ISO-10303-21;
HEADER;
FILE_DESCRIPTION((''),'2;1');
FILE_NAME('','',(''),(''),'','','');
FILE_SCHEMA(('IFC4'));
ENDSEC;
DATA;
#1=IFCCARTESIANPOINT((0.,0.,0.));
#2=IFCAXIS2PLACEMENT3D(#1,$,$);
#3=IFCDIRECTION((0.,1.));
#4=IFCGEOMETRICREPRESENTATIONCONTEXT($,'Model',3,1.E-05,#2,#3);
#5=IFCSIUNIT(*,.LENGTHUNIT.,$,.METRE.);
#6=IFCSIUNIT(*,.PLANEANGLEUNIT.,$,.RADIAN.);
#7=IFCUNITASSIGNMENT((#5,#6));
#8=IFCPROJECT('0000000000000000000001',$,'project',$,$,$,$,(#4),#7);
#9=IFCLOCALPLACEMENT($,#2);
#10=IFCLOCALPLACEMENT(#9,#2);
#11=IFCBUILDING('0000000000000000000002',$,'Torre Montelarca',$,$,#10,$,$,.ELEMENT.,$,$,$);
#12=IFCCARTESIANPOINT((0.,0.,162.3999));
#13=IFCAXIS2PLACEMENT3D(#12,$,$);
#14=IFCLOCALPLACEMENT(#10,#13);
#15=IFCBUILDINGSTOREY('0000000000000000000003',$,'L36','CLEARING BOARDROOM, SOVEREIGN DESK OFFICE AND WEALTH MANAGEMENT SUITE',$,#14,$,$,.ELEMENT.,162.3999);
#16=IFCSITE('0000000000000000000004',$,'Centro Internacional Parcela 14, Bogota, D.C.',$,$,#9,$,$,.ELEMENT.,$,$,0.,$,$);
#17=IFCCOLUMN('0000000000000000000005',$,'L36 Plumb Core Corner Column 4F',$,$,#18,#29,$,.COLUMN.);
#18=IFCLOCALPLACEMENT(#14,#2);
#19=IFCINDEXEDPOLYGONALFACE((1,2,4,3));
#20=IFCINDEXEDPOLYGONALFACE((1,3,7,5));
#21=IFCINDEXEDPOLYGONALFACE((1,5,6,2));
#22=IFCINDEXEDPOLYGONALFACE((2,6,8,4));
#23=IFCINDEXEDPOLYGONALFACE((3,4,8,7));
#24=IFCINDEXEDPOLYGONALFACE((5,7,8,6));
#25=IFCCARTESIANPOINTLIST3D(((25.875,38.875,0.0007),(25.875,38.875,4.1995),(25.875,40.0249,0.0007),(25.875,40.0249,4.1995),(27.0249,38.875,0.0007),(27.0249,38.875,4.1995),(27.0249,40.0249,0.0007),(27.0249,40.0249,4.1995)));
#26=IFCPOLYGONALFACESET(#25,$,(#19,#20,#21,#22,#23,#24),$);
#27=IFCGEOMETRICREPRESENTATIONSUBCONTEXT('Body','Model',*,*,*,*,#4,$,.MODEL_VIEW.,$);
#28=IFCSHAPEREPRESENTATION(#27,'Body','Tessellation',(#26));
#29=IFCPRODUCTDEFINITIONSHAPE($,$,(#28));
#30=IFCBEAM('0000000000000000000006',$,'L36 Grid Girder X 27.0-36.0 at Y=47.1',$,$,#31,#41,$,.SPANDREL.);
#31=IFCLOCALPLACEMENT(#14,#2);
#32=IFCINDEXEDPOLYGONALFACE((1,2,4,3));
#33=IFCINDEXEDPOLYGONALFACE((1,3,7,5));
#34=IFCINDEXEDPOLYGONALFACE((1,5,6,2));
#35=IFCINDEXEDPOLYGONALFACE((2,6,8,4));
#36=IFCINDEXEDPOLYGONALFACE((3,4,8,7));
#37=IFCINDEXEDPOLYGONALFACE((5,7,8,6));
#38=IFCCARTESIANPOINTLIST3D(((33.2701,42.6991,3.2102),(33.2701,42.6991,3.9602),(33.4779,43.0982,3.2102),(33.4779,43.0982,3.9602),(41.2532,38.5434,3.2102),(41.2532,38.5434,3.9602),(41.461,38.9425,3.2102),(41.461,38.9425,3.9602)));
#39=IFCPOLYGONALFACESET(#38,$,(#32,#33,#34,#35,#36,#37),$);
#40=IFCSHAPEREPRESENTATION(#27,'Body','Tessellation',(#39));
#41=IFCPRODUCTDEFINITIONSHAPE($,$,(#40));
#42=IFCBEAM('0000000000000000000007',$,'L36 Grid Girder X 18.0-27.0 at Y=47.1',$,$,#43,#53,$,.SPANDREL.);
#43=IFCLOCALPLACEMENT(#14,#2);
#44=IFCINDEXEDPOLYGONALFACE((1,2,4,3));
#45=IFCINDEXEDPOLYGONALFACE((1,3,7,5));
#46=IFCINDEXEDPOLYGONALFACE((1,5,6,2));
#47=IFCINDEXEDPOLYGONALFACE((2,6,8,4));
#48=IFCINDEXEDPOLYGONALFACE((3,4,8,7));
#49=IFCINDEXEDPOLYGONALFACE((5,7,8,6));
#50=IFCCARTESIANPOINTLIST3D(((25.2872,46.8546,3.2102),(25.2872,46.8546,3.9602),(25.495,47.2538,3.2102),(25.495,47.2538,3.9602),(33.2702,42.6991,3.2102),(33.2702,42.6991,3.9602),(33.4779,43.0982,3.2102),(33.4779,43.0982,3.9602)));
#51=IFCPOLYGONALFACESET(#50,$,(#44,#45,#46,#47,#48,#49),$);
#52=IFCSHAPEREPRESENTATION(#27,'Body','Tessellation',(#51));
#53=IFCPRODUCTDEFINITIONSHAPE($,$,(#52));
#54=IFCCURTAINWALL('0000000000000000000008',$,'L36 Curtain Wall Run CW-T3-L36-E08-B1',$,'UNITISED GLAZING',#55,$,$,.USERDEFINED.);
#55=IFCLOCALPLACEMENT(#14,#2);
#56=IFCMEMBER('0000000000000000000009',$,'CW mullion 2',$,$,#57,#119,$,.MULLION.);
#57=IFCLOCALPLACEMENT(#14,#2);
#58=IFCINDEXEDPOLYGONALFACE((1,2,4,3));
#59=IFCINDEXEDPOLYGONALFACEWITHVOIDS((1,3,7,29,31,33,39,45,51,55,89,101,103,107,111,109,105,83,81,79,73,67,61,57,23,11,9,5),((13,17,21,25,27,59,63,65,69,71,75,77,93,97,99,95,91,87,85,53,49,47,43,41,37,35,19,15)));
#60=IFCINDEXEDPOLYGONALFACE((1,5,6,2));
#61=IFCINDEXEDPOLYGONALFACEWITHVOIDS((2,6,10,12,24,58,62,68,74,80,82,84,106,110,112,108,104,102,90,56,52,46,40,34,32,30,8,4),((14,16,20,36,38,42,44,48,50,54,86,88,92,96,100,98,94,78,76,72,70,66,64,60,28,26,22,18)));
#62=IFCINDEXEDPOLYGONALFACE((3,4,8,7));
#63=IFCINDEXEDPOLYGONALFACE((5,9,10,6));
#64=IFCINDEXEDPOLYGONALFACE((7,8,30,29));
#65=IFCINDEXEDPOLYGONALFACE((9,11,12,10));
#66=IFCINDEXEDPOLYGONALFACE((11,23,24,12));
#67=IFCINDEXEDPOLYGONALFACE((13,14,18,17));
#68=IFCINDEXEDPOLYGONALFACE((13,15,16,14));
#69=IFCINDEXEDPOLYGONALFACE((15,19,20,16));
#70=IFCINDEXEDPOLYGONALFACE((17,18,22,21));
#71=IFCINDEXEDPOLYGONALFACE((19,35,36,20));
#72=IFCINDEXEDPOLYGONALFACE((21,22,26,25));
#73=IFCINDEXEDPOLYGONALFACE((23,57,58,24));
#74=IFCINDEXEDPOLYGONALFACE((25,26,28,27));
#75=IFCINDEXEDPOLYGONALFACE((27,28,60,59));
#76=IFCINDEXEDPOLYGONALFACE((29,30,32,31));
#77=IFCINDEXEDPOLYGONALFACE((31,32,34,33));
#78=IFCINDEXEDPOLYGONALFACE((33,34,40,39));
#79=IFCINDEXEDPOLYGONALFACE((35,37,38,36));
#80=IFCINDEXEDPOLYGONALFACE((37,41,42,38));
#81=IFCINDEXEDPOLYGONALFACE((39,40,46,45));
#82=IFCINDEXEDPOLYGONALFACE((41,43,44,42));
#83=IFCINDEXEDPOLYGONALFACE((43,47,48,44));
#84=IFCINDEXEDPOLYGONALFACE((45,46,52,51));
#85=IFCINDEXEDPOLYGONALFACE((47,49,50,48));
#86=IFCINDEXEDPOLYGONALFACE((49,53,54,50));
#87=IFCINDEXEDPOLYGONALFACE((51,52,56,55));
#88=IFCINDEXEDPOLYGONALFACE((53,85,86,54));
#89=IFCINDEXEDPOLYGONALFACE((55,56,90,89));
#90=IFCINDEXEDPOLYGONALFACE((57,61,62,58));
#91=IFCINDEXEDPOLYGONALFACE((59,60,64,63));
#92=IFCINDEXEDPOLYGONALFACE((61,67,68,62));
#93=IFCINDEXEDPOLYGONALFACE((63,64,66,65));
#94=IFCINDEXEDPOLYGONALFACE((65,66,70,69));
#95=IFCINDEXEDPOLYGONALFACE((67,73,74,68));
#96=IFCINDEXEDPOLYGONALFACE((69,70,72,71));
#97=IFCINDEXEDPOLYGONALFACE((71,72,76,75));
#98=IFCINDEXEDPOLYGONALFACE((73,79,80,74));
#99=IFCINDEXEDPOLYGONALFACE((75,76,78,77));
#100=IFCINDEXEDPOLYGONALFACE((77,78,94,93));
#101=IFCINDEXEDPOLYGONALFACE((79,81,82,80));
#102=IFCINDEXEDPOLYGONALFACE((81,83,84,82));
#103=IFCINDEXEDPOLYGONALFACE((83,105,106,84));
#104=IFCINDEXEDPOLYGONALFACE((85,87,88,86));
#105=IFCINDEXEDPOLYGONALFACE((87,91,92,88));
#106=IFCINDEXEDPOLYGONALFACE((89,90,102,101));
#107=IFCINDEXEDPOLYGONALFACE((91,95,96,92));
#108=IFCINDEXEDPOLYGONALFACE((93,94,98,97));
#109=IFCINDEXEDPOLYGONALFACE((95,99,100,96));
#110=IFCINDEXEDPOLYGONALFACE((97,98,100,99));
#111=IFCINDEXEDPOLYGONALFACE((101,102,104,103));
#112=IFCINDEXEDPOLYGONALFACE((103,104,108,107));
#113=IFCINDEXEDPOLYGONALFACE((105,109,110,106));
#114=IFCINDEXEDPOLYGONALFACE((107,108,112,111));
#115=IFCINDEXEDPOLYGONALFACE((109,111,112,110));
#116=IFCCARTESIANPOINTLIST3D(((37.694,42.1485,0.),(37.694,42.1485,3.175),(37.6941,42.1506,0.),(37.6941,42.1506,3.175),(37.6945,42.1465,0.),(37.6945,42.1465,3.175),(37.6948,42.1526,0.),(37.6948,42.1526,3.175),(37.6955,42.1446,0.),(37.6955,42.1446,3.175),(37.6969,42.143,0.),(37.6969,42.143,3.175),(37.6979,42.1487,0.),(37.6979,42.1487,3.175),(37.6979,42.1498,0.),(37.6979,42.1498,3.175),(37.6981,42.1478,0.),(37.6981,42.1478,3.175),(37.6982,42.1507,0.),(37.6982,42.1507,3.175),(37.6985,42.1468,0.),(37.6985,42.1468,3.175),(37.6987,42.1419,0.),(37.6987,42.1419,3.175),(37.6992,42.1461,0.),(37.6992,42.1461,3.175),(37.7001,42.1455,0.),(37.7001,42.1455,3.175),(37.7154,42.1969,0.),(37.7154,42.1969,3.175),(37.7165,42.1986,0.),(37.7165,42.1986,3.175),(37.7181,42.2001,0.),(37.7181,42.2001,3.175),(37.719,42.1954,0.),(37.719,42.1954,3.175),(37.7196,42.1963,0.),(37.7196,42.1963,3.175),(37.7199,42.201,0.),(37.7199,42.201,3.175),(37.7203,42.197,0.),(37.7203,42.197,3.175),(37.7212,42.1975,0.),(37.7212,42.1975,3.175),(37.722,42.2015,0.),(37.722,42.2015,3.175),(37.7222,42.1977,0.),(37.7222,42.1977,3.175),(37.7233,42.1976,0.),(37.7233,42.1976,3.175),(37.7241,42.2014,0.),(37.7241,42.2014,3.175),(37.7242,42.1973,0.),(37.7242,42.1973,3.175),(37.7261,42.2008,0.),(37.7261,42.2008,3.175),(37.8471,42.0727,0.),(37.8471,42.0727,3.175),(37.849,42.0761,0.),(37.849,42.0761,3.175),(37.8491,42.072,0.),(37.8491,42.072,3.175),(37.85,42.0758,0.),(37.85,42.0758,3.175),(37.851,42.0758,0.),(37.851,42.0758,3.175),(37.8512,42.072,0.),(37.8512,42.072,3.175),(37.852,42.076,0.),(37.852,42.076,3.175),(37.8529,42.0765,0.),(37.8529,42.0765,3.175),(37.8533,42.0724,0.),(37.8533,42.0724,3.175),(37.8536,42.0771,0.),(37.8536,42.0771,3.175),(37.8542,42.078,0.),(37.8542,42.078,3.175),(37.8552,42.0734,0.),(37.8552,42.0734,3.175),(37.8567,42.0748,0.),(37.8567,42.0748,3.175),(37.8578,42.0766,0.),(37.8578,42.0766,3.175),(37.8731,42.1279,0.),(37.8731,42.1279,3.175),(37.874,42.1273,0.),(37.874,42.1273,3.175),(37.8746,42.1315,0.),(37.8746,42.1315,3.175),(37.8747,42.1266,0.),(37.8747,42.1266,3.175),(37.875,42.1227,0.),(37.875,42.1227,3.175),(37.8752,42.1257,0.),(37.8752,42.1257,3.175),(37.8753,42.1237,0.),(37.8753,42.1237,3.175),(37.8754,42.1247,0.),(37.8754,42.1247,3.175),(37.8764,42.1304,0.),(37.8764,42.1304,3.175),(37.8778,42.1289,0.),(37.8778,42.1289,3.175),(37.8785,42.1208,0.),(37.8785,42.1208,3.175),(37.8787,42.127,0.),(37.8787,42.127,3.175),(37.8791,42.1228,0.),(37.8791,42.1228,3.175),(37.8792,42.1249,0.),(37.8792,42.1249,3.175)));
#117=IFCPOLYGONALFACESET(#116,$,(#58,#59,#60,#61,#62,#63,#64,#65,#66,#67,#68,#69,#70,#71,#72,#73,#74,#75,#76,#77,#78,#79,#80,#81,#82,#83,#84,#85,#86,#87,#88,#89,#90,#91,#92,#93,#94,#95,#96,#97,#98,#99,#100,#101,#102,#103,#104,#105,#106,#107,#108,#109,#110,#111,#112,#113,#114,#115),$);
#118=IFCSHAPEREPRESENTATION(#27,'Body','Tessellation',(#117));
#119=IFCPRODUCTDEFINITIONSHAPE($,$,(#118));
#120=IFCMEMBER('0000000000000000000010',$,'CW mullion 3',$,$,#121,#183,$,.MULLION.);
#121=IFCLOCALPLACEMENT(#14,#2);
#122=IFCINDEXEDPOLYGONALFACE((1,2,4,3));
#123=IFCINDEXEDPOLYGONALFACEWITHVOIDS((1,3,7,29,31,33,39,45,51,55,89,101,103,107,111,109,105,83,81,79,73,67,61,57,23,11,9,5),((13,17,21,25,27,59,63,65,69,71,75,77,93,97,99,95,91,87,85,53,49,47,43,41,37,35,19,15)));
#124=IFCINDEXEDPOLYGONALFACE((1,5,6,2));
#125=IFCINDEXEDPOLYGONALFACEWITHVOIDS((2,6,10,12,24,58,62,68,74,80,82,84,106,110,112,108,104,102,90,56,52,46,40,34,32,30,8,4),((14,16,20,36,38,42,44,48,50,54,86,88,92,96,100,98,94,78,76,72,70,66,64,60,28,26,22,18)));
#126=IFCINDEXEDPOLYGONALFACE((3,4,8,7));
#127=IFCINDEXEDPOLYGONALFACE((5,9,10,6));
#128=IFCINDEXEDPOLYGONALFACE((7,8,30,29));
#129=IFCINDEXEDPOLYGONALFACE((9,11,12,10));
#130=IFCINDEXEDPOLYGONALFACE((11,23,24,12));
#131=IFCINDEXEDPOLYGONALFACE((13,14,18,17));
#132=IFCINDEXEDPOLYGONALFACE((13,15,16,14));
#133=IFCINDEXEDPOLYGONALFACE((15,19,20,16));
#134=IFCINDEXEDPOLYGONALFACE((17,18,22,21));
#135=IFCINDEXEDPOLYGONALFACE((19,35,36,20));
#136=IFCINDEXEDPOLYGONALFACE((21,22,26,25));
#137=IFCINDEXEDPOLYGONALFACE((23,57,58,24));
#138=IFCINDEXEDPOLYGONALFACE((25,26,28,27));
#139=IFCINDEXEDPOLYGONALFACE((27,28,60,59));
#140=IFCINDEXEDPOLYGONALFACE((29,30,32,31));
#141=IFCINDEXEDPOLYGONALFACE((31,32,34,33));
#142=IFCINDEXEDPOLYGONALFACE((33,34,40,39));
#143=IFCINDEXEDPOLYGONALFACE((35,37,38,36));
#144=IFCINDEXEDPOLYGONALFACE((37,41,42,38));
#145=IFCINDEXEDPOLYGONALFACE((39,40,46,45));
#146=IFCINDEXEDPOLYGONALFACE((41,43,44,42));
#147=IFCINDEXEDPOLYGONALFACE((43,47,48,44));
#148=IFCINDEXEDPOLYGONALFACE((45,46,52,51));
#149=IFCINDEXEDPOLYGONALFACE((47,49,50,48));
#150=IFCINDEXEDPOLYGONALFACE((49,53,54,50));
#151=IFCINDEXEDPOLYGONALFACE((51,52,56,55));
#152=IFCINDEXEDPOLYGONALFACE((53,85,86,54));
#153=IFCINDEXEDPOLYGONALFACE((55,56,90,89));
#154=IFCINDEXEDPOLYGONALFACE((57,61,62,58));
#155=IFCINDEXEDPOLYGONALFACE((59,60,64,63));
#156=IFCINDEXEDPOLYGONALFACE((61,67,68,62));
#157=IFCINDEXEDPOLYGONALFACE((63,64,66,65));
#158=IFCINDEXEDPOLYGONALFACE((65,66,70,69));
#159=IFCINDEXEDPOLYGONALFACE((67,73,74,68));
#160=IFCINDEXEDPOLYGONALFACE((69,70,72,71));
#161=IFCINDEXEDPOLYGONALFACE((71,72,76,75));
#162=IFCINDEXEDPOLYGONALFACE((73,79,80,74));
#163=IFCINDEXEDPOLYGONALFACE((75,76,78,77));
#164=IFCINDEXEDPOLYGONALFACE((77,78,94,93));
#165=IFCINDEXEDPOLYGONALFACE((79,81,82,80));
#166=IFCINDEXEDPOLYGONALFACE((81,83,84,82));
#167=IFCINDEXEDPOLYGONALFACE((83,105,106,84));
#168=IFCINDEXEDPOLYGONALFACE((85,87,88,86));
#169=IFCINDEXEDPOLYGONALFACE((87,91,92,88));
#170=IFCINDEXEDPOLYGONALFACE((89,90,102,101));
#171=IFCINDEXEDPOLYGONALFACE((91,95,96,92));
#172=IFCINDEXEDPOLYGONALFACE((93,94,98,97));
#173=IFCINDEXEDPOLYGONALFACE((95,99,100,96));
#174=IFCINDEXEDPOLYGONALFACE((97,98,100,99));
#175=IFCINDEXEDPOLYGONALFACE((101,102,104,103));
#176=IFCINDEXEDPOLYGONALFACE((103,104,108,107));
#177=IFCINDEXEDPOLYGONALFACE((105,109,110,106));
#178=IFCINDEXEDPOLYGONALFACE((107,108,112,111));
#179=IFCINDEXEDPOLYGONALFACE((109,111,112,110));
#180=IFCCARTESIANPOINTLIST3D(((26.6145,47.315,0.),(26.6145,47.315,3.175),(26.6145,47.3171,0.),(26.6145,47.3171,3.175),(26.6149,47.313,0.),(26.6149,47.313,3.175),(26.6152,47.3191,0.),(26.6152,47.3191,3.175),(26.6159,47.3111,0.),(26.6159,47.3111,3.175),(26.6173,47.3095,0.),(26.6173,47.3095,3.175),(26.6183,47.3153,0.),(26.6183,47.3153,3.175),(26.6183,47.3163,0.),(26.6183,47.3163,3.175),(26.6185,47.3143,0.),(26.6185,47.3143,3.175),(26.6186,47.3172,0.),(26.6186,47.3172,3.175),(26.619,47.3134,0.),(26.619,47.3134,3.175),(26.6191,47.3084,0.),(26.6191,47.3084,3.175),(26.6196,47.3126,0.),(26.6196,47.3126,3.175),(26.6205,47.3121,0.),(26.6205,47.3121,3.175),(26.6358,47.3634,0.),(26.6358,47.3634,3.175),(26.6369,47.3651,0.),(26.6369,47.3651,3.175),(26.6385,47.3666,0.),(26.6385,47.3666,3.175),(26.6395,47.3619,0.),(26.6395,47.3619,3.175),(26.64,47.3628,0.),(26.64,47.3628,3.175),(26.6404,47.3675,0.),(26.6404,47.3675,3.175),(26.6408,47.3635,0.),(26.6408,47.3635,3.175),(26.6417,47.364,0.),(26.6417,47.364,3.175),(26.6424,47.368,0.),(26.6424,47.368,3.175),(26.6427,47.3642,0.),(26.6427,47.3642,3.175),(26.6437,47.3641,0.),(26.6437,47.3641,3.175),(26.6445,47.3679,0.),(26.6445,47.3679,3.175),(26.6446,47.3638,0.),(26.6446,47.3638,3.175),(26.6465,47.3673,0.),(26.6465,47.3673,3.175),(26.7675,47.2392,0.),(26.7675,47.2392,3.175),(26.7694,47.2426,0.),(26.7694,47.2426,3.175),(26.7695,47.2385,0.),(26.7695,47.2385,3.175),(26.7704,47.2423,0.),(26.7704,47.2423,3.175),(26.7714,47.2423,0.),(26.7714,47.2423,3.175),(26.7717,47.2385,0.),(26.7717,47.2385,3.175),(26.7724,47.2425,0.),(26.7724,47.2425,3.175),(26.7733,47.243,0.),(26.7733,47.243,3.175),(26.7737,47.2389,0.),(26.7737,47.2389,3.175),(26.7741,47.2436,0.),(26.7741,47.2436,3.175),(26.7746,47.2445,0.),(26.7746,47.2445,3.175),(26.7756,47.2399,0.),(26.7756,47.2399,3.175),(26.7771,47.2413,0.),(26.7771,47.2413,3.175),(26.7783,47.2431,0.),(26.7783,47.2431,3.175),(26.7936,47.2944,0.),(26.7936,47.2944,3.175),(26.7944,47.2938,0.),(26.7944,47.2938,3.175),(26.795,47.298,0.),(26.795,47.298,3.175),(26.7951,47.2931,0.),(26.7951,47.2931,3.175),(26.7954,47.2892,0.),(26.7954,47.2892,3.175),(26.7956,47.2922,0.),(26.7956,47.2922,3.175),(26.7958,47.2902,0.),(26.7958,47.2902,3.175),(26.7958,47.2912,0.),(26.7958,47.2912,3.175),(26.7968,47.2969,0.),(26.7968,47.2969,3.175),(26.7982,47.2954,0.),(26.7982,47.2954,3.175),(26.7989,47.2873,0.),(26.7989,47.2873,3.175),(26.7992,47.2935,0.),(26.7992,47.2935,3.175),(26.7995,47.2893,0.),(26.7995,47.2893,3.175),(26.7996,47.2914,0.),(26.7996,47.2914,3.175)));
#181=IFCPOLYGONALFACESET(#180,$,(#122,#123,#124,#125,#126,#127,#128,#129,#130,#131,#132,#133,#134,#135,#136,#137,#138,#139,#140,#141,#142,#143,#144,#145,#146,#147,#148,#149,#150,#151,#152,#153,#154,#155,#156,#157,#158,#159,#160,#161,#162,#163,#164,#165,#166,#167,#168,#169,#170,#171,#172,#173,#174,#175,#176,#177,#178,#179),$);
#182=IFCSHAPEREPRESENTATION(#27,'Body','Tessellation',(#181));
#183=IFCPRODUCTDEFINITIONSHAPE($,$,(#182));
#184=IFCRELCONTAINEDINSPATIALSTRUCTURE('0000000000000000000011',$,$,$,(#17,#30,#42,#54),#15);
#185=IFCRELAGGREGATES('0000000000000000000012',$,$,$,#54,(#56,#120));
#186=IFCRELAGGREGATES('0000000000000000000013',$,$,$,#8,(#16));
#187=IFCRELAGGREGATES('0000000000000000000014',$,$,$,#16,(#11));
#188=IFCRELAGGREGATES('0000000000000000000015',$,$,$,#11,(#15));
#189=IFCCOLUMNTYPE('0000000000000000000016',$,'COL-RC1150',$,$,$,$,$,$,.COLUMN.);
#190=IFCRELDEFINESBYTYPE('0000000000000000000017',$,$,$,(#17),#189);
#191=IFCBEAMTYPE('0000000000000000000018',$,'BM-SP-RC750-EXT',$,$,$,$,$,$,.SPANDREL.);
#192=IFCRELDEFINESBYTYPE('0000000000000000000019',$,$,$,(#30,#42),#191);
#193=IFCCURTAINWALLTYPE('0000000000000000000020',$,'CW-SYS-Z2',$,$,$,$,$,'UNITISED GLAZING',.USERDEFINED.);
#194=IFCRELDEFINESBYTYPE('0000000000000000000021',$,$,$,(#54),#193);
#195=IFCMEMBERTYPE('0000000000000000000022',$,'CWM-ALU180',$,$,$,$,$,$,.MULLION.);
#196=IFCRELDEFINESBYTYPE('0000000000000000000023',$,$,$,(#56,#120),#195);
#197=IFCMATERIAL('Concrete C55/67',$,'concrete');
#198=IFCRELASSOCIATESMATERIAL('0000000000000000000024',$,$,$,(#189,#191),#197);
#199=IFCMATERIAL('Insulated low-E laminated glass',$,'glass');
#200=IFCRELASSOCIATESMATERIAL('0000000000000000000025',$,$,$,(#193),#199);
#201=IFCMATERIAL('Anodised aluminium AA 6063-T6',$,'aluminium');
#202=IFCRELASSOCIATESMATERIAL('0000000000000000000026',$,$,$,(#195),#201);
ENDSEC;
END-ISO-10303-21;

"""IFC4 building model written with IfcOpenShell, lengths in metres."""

from ifc_helpers import new_model, si_unit, direction, frame, origin, origin_2d, place, context, subcontext, project, spatial, rectangle, hollow_rectangle, extrude, source, transform, mapped, material, material_profile, profile_set, type_object, element, aggregate, save


model = new_model("IFC4")

# Units and contexts
model_context = context("Model", 3, precision=1e-05, world=origin(), true_north=direction((0.0, 1.0)))
body_context = subcontext(model_context, "Body", "Model", "MODEL_VIEW")
ifc_project = project(units=[si_unit("LENGTHUNIT", "METRE"), si_unit("PLANEANGLEUNIT", "RADIAN")], contexts=[model_context])

# Site, building, storey
site_placement = place(None, origin())
site = spatial("IfcSite", under=ifc_project, at=site_placement, Name="Centro Internacional Parcela 14, Bogota, D.C.", CompositionType="ELEMENT", RefElevation=0.0)
building_placement = place(site_placement, origin())
building = spatial("IfcBuilding", under=site, at=building_placement, Name="Torre Montelarca", CompositionType="ELEMENT")
storey_placement = place(building_placement, frame((0.0, 0.0, 162.3999)))
storey = spatial("IfcBuildingStorey", under=building, at=storey_placement, Name="L36", Description="CLEARING BOARDROOM, SOVEREIGN DESK OFFICE AND WEALTH MANAGEMENT SUITE", CompositionType="ELEMENT", Elevation=162.3999)

# Column
ifc_material_1 = material(Name="Concrete C55/67", Category="concrete")
ifc_material_profile_1 = material_profile(ifc_material_1, rectangle(XDim=1.1499, YDim=1.1499, at=origin_2d()), Name="RC1150X1150", Category="concrete")
ifc_profile_set_1 = profile_set([ifc_material_profile_1], Name="Concrete C55/67")
column_type_1 = type_object("IfcColumnType", Name="COL-RC1150", PredefinedType="COLUMN", material=ifc_profile_set_1)
shared_shape_1 = source(origin(), body_context, "Body", "SweptSolid", [
    extrude(rectangle(XDim=1.1499, YDim=1.1499, at=origin_2d()), origin(), (0.0, 0.0, 1.0), 4.1987),
])
column_1_placement = place(storey_placement, frame((26.45, 39.45, 0.0007), z_axis=(0.0, 0.0, 1.0), x_axis=(1.0, 0.0, 0.0)))
element("IfcColumn", 1, at=column_1_placement, inside=storey, type_object=column_type_1, Name="L36 Plumb Core Corner Column 4F", PredefinedType="COLUMN", context=body_context, shape_type="MappedRepresentation", body=[
    mapped(shared_shape_1, transform((0.0, 0.0, 0.0), scale=1.0)),
])

# Beams
ifc_material_profile_2 = material_profile(ifc_material_1, rectangle(XDim=0.45, YDim=0.75, at=origin_2d()), Name="RCB450X750", Category="concrete")
ifc_profile_set_2 = profile_set([ifc_material_profile_2], Name="Concrete C55/67")
beam_type = type_object("IfcBeamType", Name="BM-SP-RC750-EXT", PredefinedType="SPANDREL", material=ifc_profile_set_2)
shared_shape_2 = source(origin(), body_context, "Body", "SweptSolid", [
    extrude(rectangle(XDim=0.45, YDim=0.75, at=origin_2d()), origin(), (0.0, 0.0, 1.0), 9.0),
])
beam_1_placement = place(storey_placement, frame((33.374, 42.8987, 3.5852), z_axis=(0.887011, -0.461748, 0.0), x_axis=(0.461748, 0.887011, 0.0)))
element("IfcBeam", 2, at=beam_1_placement, inside=storey, type_object=beam_type, Name="L36 Grid Girder X 27.0-36.0 at Y=47.1", PredefinedType="SPANDREL", context=body_context, shape_type="MappedRepresentation", body=[
    mapped(shared_shape_2, transform((0.0, 0.0, 0.0), scale=1.0)),
])
shared_shape_3 = source(origin(), body_context, "Body", "SweptSolid", [
    extrude(rectangle(XDim=0.45, YDim=0.75, at=origin_2d()), origin(), (0.0, 0.0, 1.0), 8.9998),
])
beam_2_placement = place(storey_placement, frame((25.3911, 47.0542, 3.5852), z_axis=(0.887016, -0.461738, 0.0), x_axis=(0.461738, 0.887016, 0.0)))
element("IfcBeam", 3, at=beam_2_placement, inside=storey, type_object=beam_type, Name="L36 Grid Girder X 18.0-27.0 at Y=47.1", PredefinedType="SPANDREL", context=body_context, shape_type="MappedRepresentation", body=[
    mapped(shared_shape_3, transform((0.0, 0.0, 0.0), scale=1.0)),
])

# Curtain wall, members
ifc_material_2 = material(Name="Insulated low-E laminated glass", Category="glass")
curtain_wall_type = type_object("IfcCurtainWallType", Name="CW-SYS-Z2", ElementType="UNITISED GLAZING", PredefinedType="USERDEFINED", material=ifc_material_2)
curtain_wall_1_placement = place(storey_placement, origin())
curtain_wall_1 = element("IfcCurtainWall", 4, at=curtain_wall_1_placement, inside=storey, type_object=curtain_wall_type, Name="L36 Curtain Wall Run CW-T3-L36-E08-B1", ObjectType="UNITISED GLAZING", PredefinedType="USERDEFINED")
ifc_material_3 = material(Name="Anodised aluminium AA 6063-T6", Category="aluminium")
ifc_material_profile_3 = material_profile(ifc_material_3, hollow_rectangle(XDim=0.0649, YDim=0.1799, WallThickness=0.0039, InnerFilletRadius=0.0039, OuterFilletRadius=0.0081, at=origin_2d()), Name="ALU65X180X4", Category="aluminium")
ifc_profile_set_3 = profile_set([ifc_material_profile_3], Name="Anodised aluminium AA 6063-T6")
member_type_1 = type_object("IfcMemberType", Name="CWM-ALU180", PredefinedType="MULLION", material=ifc_profile_set_3)
shared_shape_4 = source(origin(), body_context, "Body", "SweptSolid", [
    extrude(hollow_rectangle(XDim=0.0649, YDim=0.1799, WallThickness=0.0039, InnerFilletRadius=0.0039, OuterFilletRadius=0.0081, at=origin_2d()), origin(), (0.0, 0.0, 1.0), 3.175),
])
member_1_placement = place(storey_placement, frame((37.7866, 42.1367, 0.0), z_axis=(0.0, 0.0, 1.0), x_axis=(-0.422614, -0.90631, 0.0)))
member_1 = element("IfcMember", 5, at=member_1_placement, type_object=member_type_1, Name="CW mullion 2", PredefinedType="MULLION", context=body_context, shape_type="MappedRepresentation", body=[
    mapped(shared_shape_4, transform((0.0, 0.0, 0.0), scale=1.0)),
])
member_2_placement = place(storey_placement, frame((26.707, 47.3032, 0.0), z_axis=(0.0, 0.0, 1.0), x_axis=(-0.422614, -0.90631, 0.0)))
member_2 = element("IfcMember", 6, at=member_2_placement, type_object=member_type_1, Name="CW mullion 3", PredefinedType="MULLION", context=body_context, shape_type="MappedRepresentation", body=[
    mapped(shared_shape_4, transform((0.0, 0.0, 0.0), scale=1.0)),
])

aggregate(curtain_wall_1, [member_1, member_2])

save(model, "model.ifc")
